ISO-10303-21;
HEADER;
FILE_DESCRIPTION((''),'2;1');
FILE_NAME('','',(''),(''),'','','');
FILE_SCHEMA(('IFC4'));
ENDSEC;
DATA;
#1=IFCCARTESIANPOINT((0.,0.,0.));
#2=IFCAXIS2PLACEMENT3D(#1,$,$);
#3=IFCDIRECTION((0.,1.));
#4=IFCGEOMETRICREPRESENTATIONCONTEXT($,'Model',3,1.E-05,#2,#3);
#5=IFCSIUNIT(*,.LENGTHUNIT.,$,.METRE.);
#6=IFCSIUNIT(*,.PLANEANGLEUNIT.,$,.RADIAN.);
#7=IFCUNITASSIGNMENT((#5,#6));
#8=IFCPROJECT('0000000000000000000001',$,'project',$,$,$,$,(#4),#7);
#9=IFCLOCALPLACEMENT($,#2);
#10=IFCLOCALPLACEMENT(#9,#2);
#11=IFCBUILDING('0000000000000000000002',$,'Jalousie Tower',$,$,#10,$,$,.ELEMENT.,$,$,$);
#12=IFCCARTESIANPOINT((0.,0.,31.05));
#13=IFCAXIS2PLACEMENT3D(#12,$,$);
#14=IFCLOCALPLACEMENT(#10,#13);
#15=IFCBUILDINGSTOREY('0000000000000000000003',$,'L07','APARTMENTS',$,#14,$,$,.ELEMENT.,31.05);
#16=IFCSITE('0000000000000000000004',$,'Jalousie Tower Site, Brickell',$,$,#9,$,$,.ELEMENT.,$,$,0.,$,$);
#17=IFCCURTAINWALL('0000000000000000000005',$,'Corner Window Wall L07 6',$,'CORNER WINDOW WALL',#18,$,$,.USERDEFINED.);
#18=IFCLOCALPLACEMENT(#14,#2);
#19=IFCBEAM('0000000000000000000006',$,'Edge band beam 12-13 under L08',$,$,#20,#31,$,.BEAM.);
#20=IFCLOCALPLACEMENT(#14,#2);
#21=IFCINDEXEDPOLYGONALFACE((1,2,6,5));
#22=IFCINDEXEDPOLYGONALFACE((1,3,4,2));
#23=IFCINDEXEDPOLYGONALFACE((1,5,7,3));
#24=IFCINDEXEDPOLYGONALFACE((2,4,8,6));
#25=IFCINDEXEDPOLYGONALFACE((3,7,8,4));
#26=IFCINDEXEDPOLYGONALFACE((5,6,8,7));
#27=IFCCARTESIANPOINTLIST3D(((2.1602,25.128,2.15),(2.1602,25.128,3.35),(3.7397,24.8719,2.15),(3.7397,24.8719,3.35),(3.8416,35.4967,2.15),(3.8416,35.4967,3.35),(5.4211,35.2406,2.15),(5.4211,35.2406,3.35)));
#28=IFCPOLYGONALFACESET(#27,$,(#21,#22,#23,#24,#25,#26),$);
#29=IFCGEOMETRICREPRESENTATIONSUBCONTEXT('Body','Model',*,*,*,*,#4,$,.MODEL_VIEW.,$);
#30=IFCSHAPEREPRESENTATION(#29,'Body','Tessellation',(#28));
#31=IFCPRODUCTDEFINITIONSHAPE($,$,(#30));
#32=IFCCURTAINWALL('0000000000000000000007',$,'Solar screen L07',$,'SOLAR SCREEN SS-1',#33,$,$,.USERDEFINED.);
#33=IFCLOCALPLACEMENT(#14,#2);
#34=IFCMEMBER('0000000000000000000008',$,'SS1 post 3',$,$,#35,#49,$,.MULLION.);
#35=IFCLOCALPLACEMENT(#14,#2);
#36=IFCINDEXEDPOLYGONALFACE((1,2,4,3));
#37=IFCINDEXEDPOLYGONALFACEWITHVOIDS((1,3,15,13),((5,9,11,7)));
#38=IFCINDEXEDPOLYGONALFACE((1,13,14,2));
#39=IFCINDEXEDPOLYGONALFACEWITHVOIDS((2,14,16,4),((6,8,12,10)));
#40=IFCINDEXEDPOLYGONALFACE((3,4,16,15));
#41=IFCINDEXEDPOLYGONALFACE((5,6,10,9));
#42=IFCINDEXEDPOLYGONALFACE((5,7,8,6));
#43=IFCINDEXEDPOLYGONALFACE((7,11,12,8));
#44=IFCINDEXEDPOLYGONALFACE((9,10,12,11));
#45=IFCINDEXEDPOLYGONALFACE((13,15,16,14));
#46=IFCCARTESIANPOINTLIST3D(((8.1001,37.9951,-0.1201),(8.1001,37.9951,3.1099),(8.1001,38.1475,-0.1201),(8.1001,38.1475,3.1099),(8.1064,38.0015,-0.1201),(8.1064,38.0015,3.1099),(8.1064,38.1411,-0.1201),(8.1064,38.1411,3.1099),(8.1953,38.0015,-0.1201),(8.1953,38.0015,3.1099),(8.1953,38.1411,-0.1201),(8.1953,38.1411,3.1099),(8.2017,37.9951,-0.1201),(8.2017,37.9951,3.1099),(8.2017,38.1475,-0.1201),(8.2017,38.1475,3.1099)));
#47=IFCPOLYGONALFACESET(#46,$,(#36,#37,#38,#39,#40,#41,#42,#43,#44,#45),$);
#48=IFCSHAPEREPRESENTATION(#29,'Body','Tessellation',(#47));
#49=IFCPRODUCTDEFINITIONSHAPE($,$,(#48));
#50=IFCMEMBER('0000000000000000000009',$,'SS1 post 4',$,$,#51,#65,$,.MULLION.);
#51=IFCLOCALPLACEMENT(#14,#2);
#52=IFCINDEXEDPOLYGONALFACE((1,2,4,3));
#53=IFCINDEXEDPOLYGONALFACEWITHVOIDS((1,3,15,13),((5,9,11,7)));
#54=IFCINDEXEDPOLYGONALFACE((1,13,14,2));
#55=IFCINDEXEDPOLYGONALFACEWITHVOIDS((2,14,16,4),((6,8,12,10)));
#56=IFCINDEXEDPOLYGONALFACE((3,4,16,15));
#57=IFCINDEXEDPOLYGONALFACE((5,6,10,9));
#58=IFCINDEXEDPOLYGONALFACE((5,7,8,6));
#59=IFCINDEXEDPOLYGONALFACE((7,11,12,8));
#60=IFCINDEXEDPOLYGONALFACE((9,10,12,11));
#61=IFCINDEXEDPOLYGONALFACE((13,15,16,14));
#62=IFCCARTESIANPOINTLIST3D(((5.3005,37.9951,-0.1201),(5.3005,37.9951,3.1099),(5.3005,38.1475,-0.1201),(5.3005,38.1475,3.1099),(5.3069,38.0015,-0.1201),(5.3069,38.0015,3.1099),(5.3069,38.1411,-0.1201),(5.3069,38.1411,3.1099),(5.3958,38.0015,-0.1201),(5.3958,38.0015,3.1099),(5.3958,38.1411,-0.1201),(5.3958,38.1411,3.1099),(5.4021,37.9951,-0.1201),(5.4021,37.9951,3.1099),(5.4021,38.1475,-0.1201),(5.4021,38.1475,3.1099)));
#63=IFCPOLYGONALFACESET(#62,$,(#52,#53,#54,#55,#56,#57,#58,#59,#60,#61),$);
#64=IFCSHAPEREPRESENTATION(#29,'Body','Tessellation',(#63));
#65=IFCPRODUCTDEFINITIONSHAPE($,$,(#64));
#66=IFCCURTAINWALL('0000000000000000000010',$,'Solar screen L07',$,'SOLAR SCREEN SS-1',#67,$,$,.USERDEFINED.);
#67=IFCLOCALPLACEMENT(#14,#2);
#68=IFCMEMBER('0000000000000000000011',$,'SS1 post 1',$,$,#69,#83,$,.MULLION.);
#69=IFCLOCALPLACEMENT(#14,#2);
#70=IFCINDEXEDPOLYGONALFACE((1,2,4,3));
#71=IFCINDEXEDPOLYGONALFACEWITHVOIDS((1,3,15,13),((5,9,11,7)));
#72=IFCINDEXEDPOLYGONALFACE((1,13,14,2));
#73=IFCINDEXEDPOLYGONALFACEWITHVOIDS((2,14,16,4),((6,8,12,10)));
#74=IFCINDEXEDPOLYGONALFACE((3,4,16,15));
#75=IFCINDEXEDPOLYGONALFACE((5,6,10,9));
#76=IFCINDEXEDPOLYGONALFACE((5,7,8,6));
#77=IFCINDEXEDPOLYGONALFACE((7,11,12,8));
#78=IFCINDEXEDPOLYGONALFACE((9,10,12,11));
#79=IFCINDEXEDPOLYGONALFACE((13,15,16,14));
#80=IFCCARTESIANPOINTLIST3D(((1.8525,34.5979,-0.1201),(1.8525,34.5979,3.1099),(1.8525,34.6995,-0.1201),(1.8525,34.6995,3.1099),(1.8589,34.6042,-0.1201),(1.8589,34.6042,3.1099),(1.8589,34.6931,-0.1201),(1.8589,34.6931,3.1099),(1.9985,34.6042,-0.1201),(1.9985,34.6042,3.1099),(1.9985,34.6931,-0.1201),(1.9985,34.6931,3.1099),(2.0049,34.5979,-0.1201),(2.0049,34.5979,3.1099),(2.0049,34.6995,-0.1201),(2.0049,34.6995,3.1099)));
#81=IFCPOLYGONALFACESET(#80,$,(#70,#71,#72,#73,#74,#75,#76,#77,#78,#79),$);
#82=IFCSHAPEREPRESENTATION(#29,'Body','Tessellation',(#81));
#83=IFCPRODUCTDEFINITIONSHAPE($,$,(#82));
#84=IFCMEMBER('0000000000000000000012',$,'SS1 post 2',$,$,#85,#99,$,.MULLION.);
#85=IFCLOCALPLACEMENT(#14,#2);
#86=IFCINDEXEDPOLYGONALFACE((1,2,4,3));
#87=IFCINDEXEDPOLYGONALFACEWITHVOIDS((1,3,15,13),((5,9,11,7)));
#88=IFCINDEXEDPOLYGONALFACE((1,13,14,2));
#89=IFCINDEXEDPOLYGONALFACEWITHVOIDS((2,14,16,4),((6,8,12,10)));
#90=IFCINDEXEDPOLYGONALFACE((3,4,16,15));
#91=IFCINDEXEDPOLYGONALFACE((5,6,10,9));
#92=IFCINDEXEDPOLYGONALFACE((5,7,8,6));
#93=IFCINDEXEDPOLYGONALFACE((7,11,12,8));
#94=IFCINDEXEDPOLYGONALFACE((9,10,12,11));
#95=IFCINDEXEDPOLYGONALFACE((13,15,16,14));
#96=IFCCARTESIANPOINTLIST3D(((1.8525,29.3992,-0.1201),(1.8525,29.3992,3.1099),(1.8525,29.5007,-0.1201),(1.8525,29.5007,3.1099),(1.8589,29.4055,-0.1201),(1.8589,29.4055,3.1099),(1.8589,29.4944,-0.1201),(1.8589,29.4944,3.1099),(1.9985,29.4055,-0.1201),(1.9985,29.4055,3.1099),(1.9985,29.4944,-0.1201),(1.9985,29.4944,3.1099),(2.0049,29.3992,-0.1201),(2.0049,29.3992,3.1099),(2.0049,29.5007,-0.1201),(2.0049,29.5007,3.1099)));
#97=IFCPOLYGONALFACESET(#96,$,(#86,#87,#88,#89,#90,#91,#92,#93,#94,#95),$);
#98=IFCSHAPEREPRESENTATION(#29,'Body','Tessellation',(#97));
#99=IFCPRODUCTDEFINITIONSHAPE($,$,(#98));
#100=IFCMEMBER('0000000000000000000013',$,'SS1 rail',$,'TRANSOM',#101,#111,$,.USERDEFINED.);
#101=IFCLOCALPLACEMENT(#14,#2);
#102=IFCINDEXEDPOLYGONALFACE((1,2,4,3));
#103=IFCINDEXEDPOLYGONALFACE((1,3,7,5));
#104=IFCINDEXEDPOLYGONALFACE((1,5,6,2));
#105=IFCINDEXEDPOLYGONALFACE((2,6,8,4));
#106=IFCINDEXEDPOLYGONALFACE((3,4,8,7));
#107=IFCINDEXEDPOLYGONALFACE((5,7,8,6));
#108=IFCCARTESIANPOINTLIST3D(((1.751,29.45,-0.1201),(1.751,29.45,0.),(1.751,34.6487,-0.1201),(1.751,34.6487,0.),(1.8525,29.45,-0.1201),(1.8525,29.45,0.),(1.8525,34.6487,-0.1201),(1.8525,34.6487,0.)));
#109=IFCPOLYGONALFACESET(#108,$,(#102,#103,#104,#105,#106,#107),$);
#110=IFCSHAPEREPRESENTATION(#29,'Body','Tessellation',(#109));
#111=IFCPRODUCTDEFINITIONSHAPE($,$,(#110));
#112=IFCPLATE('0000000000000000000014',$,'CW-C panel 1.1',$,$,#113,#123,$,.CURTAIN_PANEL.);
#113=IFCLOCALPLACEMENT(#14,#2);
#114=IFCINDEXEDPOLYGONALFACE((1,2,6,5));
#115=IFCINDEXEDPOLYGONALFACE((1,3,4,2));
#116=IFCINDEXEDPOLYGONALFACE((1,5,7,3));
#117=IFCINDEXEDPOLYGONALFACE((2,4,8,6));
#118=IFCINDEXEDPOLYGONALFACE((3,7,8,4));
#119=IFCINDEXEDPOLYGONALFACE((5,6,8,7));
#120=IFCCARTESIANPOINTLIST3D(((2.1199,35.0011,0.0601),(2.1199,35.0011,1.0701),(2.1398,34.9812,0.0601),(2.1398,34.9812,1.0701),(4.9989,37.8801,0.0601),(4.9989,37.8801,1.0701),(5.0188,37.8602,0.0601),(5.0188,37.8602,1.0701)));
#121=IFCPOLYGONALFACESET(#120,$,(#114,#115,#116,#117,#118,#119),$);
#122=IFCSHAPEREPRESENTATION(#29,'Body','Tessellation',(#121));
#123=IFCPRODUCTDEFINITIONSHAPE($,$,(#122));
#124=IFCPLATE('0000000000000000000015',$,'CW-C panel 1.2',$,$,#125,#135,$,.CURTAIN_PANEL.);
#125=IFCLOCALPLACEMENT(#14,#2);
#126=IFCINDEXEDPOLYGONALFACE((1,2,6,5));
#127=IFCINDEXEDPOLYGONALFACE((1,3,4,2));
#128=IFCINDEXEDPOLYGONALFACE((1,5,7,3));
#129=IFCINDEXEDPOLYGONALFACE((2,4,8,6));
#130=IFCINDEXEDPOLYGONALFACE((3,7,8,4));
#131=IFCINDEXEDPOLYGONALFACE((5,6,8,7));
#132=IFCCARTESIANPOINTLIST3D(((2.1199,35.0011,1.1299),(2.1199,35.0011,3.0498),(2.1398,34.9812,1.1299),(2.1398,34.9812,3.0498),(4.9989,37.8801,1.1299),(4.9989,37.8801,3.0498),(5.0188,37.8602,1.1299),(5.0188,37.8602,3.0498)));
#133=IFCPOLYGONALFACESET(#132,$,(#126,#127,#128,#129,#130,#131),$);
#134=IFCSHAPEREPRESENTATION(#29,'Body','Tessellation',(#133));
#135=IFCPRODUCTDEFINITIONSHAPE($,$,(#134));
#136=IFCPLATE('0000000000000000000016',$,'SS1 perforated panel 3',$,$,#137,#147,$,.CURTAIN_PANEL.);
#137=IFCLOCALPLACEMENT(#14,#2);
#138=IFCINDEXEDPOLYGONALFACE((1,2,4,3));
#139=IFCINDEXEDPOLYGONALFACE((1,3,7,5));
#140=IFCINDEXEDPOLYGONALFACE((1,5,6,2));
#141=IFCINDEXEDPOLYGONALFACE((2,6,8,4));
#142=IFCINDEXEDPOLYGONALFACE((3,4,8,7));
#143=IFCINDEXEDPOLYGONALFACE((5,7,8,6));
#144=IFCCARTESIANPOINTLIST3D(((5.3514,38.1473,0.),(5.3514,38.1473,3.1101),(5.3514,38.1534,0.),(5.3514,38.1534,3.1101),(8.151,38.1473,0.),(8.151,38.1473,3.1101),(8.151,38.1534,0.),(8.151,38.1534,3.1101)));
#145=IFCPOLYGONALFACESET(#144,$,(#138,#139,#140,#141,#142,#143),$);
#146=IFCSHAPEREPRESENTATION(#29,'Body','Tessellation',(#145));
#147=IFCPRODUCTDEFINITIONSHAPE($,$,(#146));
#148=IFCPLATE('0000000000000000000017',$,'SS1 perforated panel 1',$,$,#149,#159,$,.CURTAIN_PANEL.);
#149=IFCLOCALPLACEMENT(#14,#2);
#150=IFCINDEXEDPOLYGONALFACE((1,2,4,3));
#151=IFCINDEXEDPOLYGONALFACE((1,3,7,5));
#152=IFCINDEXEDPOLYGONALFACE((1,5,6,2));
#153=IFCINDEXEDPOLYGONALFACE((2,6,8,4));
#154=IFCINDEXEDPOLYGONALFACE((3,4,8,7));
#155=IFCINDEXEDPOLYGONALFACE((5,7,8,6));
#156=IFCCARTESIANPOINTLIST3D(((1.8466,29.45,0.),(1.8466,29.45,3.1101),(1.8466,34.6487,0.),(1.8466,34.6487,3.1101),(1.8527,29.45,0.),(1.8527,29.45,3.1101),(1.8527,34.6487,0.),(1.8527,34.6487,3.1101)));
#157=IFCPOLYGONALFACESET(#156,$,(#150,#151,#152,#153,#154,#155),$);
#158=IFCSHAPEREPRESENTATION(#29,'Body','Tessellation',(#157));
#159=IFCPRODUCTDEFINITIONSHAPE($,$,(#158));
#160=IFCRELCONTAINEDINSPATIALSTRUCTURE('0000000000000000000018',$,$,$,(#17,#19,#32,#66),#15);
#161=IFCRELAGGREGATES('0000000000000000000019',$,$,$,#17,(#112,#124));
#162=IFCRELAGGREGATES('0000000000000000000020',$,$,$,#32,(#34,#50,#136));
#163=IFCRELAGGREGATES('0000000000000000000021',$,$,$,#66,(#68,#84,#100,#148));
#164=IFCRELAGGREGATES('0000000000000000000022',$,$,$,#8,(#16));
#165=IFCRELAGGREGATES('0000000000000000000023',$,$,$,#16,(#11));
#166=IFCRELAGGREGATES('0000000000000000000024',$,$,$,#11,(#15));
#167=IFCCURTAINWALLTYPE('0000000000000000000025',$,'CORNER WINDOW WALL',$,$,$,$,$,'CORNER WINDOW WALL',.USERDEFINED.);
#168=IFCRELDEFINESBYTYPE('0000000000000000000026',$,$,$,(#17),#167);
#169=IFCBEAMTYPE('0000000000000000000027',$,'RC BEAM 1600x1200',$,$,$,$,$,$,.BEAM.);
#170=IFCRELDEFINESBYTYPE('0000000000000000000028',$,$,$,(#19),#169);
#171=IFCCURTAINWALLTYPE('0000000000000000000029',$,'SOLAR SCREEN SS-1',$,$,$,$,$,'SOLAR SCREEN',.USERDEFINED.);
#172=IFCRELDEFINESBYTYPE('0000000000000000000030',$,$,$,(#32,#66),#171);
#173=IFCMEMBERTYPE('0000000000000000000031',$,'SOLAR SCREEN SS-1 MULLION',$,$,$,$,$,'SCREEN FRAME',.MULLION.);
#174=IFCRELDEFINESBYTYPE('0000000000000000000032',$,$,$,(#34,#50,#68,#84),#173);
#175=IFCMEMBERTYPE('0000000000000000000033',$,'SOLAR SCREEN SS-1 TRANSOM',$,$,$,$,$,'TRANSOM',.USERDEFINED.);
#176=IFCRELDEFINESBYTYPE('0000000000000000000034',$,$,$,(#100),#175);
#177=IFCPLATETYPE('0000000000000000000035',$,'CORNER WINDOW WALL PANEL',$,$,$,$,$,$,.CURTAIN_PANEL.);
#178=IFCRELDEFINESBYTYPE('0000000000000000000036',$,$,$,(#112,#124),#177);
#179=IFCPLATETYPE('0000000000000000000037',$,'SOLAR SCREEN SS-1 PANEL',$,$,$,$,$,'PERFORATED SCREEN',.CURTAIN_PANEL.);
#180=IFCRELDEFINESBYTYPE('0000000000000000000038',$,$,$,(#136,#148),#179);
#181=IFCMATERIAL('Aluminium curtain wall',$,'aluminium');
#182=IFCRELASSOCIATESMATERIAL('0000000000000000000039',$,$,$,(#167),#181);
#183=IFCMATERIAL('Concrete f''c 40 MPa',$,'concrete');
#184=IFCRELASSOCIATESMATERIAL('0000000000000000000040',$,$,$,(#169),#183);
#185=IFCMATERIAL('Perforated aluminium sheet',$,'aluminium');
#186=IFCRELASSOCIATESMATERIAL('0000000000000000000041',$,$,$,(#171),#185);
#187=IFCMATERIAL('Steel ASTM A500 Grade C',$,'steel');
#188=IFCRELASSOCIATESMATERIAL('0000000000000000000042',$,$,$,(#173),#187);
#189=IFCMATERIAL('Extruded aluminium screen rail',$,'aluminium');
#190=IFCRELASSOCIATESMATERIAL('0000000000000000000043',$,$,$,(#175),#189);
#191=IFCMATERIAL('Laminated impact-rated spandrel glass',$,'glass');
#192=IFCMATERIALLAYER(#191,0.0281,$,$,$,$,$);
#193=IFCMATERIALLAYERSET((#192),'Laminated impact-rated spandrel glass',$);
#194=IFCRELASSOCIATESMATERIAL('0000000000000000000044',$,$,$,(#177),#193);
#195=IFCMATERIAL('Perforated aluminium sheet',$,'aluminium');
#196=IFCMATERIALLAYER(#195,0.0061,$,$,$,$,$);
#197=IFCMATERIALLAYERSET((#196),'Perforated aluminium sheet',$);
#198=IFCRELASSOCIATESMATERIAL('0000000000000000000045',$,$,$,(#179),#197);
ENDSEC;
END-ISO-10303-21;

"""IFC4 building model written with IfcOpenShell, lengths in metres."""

from ifc_helpers import new_model, si_unit, direction, frame, origin, origin_2d, place, context, subcontext, project, spatial, rectangle, hollow_rectangle, extrude, material, layer, layer_set, material_profile, profile_set, type_object, element, aggregate, save


model = new_model("IFC4")

# Units and contexts
model_context = context("Model", 3, precision=1e-05, world=origin(), true_north=direction((0.0, 1.0)))
body_context = subcontext(model_context, "Body", "Model", "MODEL_VIEW")
ifc_project = project(units=[si_unit("LENGTHUNIT", "METRE"), si_unit("PLANEANGLEUNIT", "RADIAN")], contexts=[model_context])

# Site, building, storey
site_placement = place(None, origin())
site = spatial("IfcSite", under=ifc_project, at=site_placement, Name="Jalousie Tower Site, Brickell", CompositionType="ELEMENT", RefElevation=0.0)
building_placement = place(site_placement, origin())
building = spatial("IfcBuilding", under=site, at=building_placement, Name="Jalousie Tower", CompositionType="ELEMENT")
storey_placement = place(building_placement, frame((0.0, 0.0, 31.05)))
storey = spatial("IfcBuildingStorey", under=building, at=storey_placement, Name="L07", Description="APARTMENTS", CompositionType="ELEMENT", Elevation=31.05)

# Curtain wall
ifc_material_1 = material(Name="Aluminium curtain wall", Category="aluminium")
curtain_wall_type_1 = type_object("IfcCurtainWallType", Name="CORNER WINDOW WALL", ElementType="CORNER WINDOW WALL", PredefinedType="USERDEFINED", material=ifc_material_1)
curtain_wall_1_placement = place(storey_placement, origin())
curtain_wall_1 = element("IfcCurtainWall", 1, at=curtain_wall_1_placement, inside=storey, type_object=curtain_wall_type_1, Name="Corner Window Wall L07 6", ObjectType="CORNER WINDOW WALL", PredefinedType="USERDEFINED")

# Beam
ifc_material_2 = material(Name="Concrete f'c 40 MPa", Category="concrete")
ifc_material_profile_1 = material_profile(ifc_material_2, rectangle(XDim=1.6001, YDim=1.2, at=origin_2d()), Name="RC 1600x1200")
ifc_profile_set_1 = profile_set([ifc_material_profile_1], Name="Concrete f'c 40 MPa")
beam_type_1 = type_object("IfcBeamType", Name="RC BEAM 1600x1200", PredefinedType="BEAM", material=ifc_profile_set_1)
beam_1_placement = place(storey_placement, frame((4.6313, 35.3687, 2.75), z_axis=(-0.160071, -0.987106, 0.0), x_axis=(0.987106, -0.160071, 0.0)))
element("IfcBeam", 2, at=beam_1_placement, inside=storey, type_object=beam_type_1, Name="Edge band beam 12-13 under L08", PredefinedType="BEAM", context=body_context, shape_type="SweptSolid", body=[
    extrude(rectangle(XDim=1.6001, YDim=1.2, at=origin_2d()), origin(), (0.0, 0.0, 1.0), 10.5042),
])

# Curtain walls, members
ifc_material_3 = material(Name="Perforated aluminium sheet", Category="aluminium")
curtain_wall_type_2 = type_object("IfcCurtainWallType", Name="SOLAR SCREEN SS-1", ElementType="SOLAR SCREEN", PredefinedType="USERDEFINED", material=ifc_material_3)
curtain_wall_2_placement = place(storey_placement, origin())
curtain_wall_2 = element("IfcCurtainWall", 3, at=curtain_wall_2_placement, inside=storey, type_object=curtain_wall_type_2, Name="Solar screen L07", ObjectType="SOLAR SCREEN SS-1", PredefinedType="USERDEFINED")
ifc_material_4 = material(Name="Steel ASTM A500 Grade C", Category="steel")
ifc_material_profile_2 = material_profile(ifc_material_4, hollow_rectangle(XDim=0.1016, YDim=0.1523, WallThickness=0.0063, at=origin_2d()), Name="HSS6X4X1/4")
ifc_profile_set_2 = profile_set([ifc_material_profile_2], Name="Steel ASTM A500 Grade C")
member_type_1 = type_object("IfcMemberType", Name="SOLAR SCREEN SS-1 MULLION", ElementType="SCREEN FRAME", PredefinedType="MULLION", material=ifc_profile_set_2)
member_1_placement = place(storey_placement, frame((8.1509, 38.0713, -0.1201), z_axis=(0.0, 0.0, 1.0), x_axis=(-1.0, 0.0, 0.0)))
member_1 = element("IfcMember", 4, at=member_1_placement, type_object=member_type_1, Name="SS1 post 3", PredefinedType="MULLION", context=body_context, shape_type="SweptSolid", body=[
    extrude(hollow_rectangle(XDim=0.1016, YDim=0.1523, WallThickness=0.0063, at=origin_2d()), origin(), (0.0, 0.0, 1.0), 3.23),
])
member_2_placement = place(storey_placement, frame((5.3513, 38.0713, -0.1201), z_axis=(0.0, 0.0, 1.0), x_axis=(-1.0, 0.0, 0.0)))
member_2 = element("IfcMember", 5, at=member_2_placement, type_object=member_type_1, Name="SS1 post 4", PredefinedType="MULLION", context=body_context, shape_type="SweptSolid", body=[
    extrude(hollow_rectangle(XDim=0.1016, YDim=0.1523, WallThickness=0.0063, at=origin_2d()), origin(), (0.0, 0.0, 1.0), 3.23),
])
curtain_wall_3_placement = place(storey_placement, origin())
curtain_wall_3 = element("IfcCurtainWall", 6, at=curtain_wall_3_placement, inside=storey, type_object=curtain_wall_type_2, Name="Solar screen L07", ObjectType="SOLAR SCREEN SS-1", PredefinedType="USERDEFINED")
member_3_placement = place(storey_placement, frame((1.9287, 34.6487, -0.1201), z_axis=(0.0, 0.0, 1.0), x_axis=(0.0, -1.0, 0.0)))
member_3 = element("IfcMember", 7, at=member_3_placement, type_object=member_type_1, Name="SS1 post 1", PredefinedType="MULLION", context=body_context, shape_type="SweptSolid", body=[
    extrude(hollow_rectangle(XDim=0.1016, YDim=0.1523, WallThickness=0.0063, at=origin_2d()), origin(), (0.0, 0.0, 1.0), 3.23),
])
member_4_placement = place(storey_placement, frame((1.9287, 29.45, -0.1201), z_axis=(0.0, 0.0, 1.0), x_axis=(0.0, -1.0, 0.0)))
member_4 = element("IfcMember", 8, at=member_4_placement, type_object=member_type_1, Name="SS1 post 2", PredefinedType="MULLION", context=body_context, shape_type="SweptSolid", body=[
    extrude(hollow_rectangle(XDim=0.1016, YDim=0.1523, WallThickness=0.0063, at=origin_2d()), origin(), (0.0, 0.0, 1.0), 3.23),
])
ifc_material_5 = material(Name="Extruded aluminium screen rail", Category="aluminium")
ifc_material_profile_3 = material_profile(ifc_material_5, rectangle(XDim=0.1016, YDim=0.1201, at=origin_2d()), Name="RAIL 102x120")
ifc_profile_set_3 = profile_set([ifc_material_profile_3], Name="Extruded aluminium screen rail")
member_type_2 = type_object("IfcMemberType", Name="SOLAR SCREEN SS-1 TRANSOM", ElementType="TRANSOM", PredefinedType="USERDEFINED", material=ifc_profile_set_3)
member_5_placement = place(storey_placement, frame((1.8018, 34.6487, -0.0601), z_axis=(0.0, -1.0, 0.0), x_axis=(1.0, 0.0, 0.0)))
member_5 = element("IfcMember", 9, at=member_5_placement, type_object=member_type_2, Name="SS1 rail", ObjectType="TRANSOM", PredefinedType="USERDEFINED", context=body_context, shape_type="SweptSolid", body=[
    extrude(rectangle(XDim=0.1016, YDim=0.1201, at=origin_2d()), origin(), (0.0, 0.0, 1.0), 5.1987),
])

# Plates
ifc_material_6 = material(Name="Laminated impact-rated spandrel glass", Category="glass")
ifc_layer_1 = layer(ifc_material_6, 0.0281)
ifc_layer_set_1 = layer_set([ifc_layer_1], Name="Laminated impact-rated spandrel glass")
plate_type_1 = type_object("IfcPlateType", Name="CORNER WINDOW WALL PANEL", PredefinedType="CURTAIN_PANEL", material=ifc_layer_set_1)
plate_1_placement = place(storey_placement, frame((3.5693, 36.4307, 0.0601), z_axis=(0.0, 0.0, 1.0), x_axis=(-0.707107, -0.707107, 0.0)))
plate_1 = element("IfcPlate", 10, at=plate_1_placement, type_object=plate_type_1, Name="CW-C panel 1.1", PredefinedType="CURTAIN_PANEL", context=body_context, shape_type="SweptSolid", body=[
    extrude(rectangle(XDim=4.0715, YDim=0.0281, at=origin_2d()), origin(), (0.0, 0.0, 1.0), 1.01),
])
plate_2_placement = place(storey_placement, frame((3.5693, 36.4307, 1.1299), z_axis=(0.0, 0.0, 1.0), x_axis=(-0.707107, -0.707107, 0.0)))
plate_2 = element("IfcPlate", 11, at=plate_2_placement, type_object=plate_type_1, Name="CW-C panel 1.2", PredefinedType="CURTAIN_PANEL", context=body_context, shape_type="SweptSolid", body=[
    extrude(rectangle(XDim=4.0715, YDim=0.0281, at=origin_2d()), origin(), (0.0, 0.0, 1.0), 1.9199),
])
aggregate(curtain_wall_1, [plate_1, plate_2])
ifc_material_7 = material(Name="Perforated aluminium sheet", Category="aluminium")
ifc_layer_2 = layer(ifc_material_7, 0.0061)
ifc_layer_set_2 = layer_set([ifc_layer_2], Name="Perforated aluminium sheet")
plate_type_2 = type_object("IfcPlateType", Name="SOLAR SCREEN SS-1 PANEL", ElementType="PERFORATED SCREEN", PredefinedType="CURTAIN_PANEL", material=ifc_layer_set_2)
plate_3_placement = place(storey_placement, frame((6.7512, 38.1504, 0.0), z_axis=(0.0, 0.0, 1.0), x_axis=(-1.0, 0.0, 0.0)))
plate_3 = element("IfcPlate", 12, at=plate_3_placement, type_object=plate_type_2, Name="SS1 perforated panel 3", PredefinedType="CURTAIN_PANEL", context=body_context, shape_type="SweptSolid", body=[
    extrude(rectangle(XDim=2.7996, YDim=0.0061, at=origin_2d()), origin(), (0.0, 0.0, 1.0), 3.1101),
])
aggregate(curtain_wall_2, [member_1, member_2, plate_3])
plate_4_placement = place(storey_placement, frame((1.8496, 32.0493, 0.0), z_axis=(0.0, 0.0, 1.0), x_axis=(0.0, -1.0, 0.0)))
plate_4 = element("IfcPlate", 13, at=plate_4_placement, type_object=plate_type_2, Name="SS1 perforated panel 1", PredefinedType="CURTAIN_PANEL", context=body_context, shape_type="SweptSolid", body=[
    extrude(rectangle(XDim=5.1987, YDim=0.0061, at=origin_2d()), origin(), (0.0, 0.0, 1.0), 3.1101),
])
aggregate(curtain_wall_3, [member_3, member_4, member_5, plate_4])

save(model, "model.ifc")
